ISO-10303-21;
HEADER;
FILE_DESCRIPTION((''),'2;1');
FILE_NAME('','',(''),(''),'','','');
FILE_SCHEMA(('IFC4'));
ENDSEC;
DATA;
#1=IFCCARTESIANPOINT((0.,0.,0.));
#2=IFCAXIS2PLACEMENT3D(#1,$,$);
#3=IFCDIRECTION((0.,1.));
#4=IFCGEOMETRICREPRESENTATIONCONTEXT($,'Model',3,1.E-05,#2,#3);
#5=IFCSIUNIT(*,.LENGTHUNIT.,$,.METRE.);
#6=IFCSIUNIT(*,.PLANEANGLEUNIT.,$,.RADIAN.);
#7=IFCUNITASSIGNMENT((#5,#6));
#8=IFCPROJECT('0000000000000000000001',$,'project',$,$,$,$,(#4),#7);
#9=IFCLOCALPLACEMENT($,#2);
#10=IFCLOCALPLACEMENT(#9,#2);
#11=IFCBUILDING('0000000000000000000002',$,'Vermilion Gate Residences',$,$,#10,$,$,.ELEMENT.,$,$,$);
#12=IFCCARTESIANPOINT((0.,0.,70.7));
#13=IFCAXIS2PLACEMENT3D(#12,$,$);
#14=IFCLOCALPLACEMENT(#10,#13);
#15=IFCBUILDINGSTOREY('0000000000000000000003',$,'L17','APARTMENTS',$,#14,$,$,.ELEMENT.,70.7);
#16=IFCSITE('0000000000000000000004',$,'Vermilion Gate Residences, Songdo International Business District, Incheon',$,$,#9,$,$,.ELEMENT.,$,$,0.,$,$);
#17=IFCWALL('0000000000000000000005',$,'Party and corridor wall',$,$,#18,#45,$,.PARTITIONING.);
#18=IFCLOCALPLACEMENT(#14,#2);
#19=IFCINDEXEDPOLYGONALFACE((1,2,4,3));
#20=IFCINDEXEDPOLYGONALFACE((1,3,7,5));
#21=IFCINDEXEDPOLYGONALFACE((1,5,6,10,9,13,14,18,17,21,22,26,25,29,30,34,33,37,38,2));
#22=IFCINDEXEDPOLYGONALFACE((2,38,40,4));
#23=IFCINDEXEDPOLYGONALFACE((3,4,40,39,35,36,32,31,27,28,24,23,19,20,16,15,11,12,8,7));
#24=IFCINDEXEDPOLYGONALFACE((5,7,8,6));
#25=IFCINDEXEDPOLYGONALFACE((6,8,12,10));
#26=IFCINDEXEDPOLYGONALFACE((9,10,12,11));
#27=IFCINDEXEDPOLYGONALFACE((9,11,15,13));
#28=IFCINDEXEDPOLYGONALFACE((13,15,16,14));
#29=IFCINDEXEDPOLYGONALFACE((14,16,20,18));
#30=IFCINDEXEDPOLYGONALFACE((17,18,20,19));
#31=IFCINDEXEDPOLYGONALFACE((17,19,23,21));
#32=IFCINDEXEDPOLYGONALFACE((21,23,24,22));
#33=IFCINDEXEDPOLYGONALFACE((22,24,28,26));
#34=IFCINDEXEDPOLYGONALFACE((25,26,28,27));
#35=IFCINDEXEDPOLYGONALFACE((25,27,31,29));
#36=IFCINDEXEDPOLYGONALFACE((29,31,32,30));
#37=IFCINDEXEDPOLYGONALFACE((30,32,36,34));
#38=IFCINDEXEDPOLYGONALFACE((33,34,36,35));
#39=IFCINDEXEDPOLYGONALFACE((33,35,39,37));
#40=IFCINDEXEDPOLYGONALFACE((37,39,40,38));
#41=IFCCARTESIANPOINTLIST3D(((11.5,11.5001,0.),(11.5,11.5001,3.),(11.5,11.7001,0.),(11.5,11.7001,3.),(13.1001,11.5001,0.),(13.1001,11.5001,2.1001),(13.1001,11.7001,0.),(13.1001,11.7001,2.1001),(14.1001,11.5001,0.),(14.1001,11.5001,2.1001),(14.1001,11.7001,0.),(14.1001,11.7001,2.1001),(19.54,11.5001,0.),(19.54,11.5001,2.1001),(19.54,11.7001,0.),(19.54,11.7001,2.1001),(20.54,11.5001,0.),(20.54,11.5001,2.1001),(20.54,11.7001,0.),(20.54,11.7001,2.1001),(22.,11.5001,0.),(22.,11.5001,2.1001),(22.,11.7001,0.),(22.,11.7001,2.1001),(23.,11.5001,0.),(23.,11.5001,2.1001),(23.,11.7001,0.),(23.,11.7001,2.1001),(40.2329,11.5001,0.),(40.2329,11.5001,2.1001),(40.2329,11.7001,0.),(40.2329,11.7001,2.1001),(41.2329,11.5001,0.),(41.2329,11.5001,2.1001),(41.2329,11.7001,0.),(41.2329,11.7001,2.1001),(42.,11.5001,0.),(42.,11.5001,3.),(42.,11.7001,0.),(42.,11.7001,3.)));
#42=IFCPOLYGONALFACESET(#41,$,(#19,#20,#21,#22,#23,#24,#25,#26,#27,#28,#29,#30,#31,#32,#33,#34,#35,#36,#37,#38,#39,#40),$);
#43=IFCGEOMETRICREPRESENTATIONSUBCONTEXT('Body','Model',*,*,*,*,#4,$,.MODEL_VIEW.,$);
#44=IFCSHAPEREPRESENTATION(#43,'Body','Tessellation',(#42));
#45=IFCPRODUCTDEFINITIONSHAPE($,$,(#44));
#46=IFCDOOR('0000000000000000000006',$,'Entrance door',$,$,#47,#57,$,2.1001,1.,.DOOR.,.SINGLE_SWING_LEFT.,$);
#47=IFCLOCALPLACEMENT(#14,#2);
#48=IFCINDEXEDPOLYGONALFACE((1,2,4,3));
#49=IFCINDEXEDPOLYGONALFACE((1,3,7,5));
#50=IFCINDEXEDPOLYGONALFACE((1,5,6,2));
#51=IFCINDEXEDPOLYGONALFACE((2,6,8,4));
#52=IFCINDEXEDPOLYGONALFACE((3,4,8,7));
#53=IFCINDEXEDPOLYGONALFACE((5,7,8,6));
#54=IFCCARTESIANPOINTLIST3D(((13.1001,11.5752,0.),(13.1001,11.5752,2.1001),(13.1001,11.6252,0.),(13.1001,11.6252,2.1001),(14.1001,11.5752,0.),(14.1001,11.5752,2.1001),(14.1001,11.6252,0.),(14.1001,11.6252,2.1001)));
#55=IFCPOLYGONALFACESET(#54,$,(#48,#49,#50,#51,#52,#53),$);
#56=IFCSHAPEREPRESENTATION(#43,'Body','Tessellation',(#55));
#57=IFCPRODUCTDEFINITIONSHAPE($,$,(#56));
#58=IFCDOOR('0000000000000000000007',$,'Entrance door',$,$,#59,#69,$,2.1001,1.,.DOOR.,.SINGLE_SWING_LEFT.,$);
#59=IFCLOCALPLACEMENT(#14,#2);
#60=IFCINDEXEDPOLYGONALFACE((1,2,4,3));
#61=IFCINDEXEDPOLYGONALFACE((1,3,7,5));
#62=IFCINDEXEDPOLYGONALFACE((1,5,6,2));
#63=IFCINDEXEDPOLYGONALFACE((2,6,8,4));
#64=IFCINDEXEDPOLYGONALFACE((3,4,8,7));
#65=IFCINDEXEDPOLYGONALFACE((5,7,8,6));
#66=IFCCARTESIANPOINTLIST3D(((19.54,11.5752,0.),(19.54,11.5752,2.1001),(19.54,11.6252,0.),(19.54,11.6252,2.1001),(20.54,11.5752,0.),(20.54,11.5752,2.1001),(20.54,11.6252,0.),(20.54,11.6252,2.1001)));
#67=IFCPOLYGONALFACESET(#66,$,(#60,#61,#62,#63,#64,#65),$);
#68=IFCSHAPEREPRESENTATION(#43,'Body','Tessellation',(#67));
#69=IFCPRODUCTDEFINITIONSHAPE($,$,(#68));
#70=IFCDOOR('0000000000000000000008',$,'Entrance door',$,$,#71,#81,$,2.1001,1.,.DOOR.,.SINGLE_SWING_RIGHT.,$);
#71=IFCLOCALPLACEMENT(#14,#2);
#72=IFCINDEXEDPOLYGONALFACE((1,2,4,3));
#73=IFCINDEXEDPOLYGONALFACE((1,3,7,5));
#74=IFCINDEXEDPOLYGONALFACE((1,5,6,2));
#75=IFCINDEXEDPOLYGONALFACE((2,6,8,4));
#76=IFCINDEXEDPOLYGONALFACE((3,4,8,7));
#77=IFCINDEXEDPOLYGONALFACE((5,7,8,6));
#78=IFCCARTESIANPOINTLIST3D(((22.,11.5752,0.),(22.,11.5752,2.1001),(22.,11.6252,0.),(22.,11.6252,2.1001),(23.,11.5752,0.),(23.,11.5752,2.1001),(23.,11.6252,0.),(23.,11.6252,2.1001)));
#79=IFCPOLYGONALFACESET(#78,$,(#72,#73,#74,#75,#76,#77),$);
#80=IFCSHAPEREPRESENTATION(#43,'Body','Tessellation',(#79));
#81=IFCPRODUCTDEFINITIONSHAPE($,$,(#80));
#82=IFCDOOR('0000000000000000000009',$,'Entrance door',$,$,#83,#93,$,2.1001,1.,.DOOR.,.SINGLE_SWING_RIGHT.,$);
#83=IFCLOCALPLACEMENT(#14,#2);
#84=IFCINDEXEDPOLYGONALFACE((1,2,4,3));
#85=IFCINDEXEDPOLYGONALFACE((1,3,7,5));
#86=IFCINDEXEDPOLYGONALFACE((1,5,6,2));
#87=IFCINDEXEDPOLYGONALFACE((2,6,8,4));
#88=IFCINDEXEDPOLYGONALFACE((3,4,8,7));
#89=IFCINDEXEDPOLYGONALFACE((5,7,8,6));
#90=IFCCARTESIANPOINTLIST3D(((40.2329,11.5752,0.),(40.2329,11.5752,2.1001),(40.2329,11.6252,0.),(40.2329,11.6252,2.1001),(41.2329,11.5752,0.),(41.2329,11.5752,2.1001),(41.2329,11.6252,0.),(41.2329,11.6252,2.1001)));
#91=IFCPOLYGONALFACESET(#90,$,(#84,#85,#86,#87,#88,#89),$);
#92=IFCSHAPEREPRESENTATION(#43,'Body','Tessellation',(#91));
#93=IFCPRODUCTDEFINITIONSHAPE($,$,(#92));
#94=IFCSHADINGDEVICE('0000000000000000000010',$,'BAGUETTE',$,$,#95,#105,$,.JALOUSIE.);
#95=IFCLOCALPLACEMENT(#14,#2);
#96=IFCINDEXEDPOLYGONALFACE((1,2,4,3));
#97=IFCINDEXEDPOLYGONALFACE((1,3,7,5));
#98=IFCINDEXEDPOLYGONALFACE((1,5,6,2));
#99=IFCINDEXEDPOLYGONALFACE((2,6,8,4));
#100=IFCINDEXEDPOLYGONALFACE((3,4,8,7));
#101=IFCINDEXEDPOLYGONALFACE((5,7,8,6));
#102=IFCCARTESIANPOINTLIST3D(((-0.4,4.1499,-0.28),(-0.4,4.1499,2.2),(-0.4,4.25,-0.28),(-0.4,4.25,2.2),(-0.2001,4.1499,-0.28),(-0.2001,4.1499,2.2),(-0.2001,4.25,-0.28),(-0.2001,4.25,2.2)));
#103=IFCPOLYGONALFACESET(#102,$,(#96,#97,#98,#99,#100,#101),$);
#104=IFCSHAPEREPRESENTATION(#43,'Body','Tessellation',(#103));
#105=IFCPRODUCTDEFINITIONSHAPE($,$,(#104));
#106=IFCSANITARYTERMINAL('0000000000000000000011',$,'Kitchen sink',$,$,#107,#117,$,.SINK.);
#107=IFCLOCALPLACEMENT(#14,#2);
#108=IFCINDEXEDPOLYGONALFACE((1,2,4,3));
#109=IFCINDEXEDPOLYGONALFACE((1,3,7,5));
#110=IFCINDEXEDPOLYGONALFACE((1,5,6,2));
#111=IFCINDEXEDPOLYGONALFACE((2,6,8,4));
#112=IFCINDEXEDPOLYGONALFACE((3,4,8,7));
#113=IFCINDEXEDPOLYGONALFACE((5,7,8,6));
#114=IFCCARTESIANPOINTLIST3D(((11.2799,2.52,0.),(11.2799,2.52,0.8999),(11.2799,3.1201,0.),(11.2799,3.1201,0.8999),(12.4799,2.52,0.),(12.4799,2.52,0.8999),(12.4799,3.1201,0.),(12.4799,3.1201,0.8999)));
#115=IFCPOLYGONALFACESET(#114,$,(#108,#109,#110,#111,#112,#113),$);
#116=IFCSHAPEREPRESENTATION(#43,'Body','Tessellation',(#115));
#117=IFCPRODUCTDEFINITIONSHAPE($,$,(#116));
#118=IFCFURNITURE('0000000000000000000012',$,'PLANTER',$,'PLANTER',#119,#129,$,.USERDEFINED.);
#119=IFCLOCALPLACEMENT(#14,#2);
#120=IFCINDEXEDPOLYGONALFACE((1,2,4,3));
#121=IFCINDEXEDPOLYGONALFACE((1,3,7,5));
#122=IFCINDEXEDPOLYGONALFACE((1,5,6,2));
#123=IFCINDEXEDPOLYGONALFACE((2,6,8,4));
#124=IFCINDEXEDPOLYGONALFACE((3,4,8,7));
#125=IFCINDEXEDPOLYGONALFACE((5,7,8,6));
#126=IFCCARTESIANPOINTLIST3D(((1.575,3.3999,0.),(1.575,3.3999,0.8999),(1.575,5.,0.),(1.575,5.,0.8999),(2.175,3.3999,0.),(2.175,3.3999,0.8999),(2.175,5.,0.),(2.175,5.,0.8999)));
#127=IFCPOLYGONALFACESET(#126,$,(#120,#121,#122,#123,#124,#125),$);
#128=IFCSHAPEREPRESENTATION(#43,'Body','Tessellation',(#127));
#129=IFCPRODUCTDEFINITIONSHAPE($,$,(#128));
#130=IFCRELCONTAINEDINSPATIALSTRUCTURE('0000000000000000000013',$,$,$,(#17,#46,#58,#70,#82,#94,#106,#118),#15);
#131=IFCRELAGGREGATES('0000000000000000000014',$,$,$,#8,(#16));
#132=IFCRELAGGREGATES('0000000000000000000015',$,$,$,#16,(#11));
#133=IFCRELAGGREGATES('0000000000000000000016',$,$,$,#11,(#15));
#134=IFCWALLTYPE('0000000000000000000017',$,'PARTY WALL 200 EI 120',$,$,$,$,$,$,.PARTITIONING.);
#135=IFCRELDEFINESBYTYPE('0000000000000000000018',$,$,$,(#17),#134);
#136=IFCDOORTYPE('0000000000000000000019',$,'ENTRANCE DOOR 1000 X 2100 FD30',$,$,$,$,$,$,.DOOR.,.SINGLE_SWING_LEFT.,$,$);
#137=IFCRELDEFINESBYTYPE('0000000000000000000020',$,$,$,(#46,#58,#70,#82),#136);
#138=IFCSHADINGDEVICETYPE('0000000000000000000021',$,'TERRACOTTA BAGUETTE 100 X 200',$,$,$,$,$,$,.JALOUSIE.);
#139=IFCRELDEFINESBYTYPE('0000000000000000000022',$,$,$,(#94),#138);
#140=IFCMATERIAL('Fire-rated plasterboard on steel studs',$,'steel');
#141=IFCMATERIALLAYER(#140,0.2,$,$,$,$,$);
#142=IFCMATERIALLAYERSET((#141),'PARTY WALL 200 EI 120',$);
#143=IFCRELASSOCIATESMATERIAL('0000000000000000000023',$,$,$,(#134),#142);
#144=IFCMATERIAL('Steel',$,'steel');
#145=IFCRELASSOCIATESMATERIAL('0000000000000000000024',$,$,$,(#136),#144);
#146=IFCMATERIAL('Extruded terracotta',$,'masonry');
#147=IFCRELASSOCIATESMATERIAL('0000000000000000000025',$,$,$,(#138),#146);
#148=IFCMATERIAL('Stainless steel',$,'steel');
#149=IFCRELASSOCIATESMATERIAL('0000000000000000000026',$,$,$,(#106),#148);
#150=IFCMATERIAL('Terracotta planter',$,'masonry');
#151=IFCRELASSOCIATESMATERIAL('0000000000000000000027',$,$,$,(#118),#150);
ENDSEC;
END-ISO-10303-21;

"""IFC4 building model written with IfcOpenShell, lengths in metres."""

from ifc_helpers import new_model, si_unit, direction, frame, frame_2d, origin, origin_2d, place, context, subcontext, project, spatial, rectangle, extrude, material, layer, layer_set, material_profile, profile_set, type_object, element, fill, save


model = new_model("IFC4")

# Units and contexts
model_context = context("Model", 3, precision=1e-05, world=origin(), true_north=direction((0.0, 1.0)))
body_context = subcontext(model_context, "Body", "Model", "MODEL_VIEW")
ifc_project = project(units=[si_unit("LENGTHUNIT", "METRE"), si_unit("PLANEANGLEUNIT", "RADIAN")], contexts=[model_context])

# Site, building, storey
site_placement = place(None, origin())
site = spatial("IfcSite", under=ifc_project, at=site_placement, Name="Vermilion Gate Residences, Songdo International Business District, Incheon", CompositionType="ELEMENT", RefElevation=0.0)
building_placement = place(site_placement, origin())
building = spatial("IfcBuilding", under=site, at=building_placement, Name="Vermilion Gate Residences", CompositionType="ELEMENT")
storey_placement = place(building_placement, frame((0.0, 0.0, 70.7)))
storey = spatial("IfcBuildingStorey", under=building, at=storey_placement, Name="L17", Description="APARTMENTS", CompositionType="ELEMENT", Elevation=70.7)

# Wall, openings, doors
ifc_material_1 = material(Name="Fire-rated plasterboard on steel studs", Category="steel")
ifc_layer_1 = layer(ifc_material_1, 0.2)
ifc_layer_set_1 = layer_set([ifc_layer_1], Name="PARTY WALL 200 EI 120")
wall_type_1 = type_object("IfcWallType", Name="PARTY WALL 200 EI 120", PredefinedType="PARTITIONING", material=ifc_layer_set_1)
wall_1_placement = place(storey_placement, frame((11.5, 11.6001, 0.0), z_axis=(0.0, 0.0, 1.0), x_axis=(1.0, 0.0, 0.0)))
wall_1 = element("IfcWall", 1, at=wall_1_placement, inside=storey, type_object=wall_type_1, Name="Party and corridor wall", PredefinedType="PARTITIONING", context=body_context, shape_type="SweptSolid", body=[
    extrude(rectangle(XDim=30.5, YDim=0.2, at=frame_2d((15.25, 0.0))), origin(), (0.0, 0.0, 1.0), 3.0),
])
opening_1_placement = place(wall_1_placement, frame((1.6001, 0.0, 0.0)))
opening_1 = element("IfcOpeningElement", 2, at=opening_1_placement, cuts=wall_1, PredefinedType="OPENING", context=body_context, shape_type="SweptSolid", body=[
    extrude(rectangle(XDim=1.0, YDim=2.1001, at=frame_2d((0.5, 1.05))), frame((0.0, 0.1099, 0.0), z_axis=(0.0, -1.0, 0.0), x_axis=(1.0, 0.0, 0.0)), (0.0, 0.0, 1.0), 0.22),
])
opening_2_placement = place(wall_1_placement, frame((8.04, 0.0, 0.0)))
opening_2 = element("IfcOpeningElement", 3, at=opening_2_placement, cuts=wall_1, PredefinedType="OPENING", context=body_context, shape_type="SweptSolid", body=[
    extrude(rectangle(XDim=1.0, YDim=2.1001, at=frame_2d((0.5, 1.05))), frame((0.0, 0.1099, 0.0), z_axis=(0.0, -1.0, 0.0), x_axis=(1.0, 0.0, 0.0)), (0.0, 0.0, 1.0), 0.22),
])
opening_3_placement = place(wall_1_placement, frame((10.5, 0.0, 0.0)))
opening_3 = element("IfcOpeningElement", 4, at=opening_3_placement, cuts=wall_1, PredefinedType="OPENING", context=body_context, shape_type="SweptSolid", body=[
    extrude(rectangle(XDim=1.0, YDim=2.1001, at=frame_2d((0.5, 1.05))), frame((0.0, 0.1099, 0.0), z_axis=(0.0, -1.0, 0.0), x_axis=(1.0, 0.0, 0.0)), (0.0, 0.0, 1.0), 0.22),
])
opening_4_placement = place(wall_1_placement, frame((28.7329, 0.0, 0.0)))
opening_4 = element("IfcOpeningElement", 5, at=opening_4_placement, cuts=wall_1, PredefinedType="OPENING", context=body_context, shape_type="SweptSolid", body=[
    extrude(rectangle(XDim=1.0, YDim=2.1001, at=frame_2d((0.5, 1.05))), frame((0.0, 0.1099, 0.0), z_axis=(0.0, -1.0, 0.0), x_axis=(1.0, 0.0, 0.0)), (0.0, 0.0, 1.0), 0.22),
])
ifc_material_2 = material(Name="Steel", Category="steel")
door_type_1 = type_object("IfcDoorType", Name="ENTRANCE DOOR 1000 X 2100 FD30", OperationType="SINGLE_SWING_LEFT", PredefinedType="DOOR", material=ifc_material_2)
door_1_placement = place(opening_1_placement, frame((1.0, 0.0, 0.0), z_axis=(0.0, 0.0, 1.0), x_axis=(-1.0, 0.0, 0.0)))
door_1 = element("IfcDoor", 6, at=door_1_placement, inside=storey, type_object=door_type_1, Name="Entrance door", OperationType="SINGLE_SWING_LEFT", OverallHeight=2.1001, OverallWidth=1.0, PredefinedType="DOOR", context=body_context, shape_type="SweptSolid", body=[
    extrude(rectangle(XDim=1.0, YDim=2.1001, at=frame_2d((0.5, 1.05))), frame((0.0, 0.0249, 0.0), z_axis=(0.0, -1.0, 0.0), x_axis=(1.0, 0.0, 0.0)), (0.0, 0.0, 1.0), 0.05),
])
fill(opening_1, door_1)
door_2_placement = place(opening_2_placement, frame((1.0, 0.0, 0.0), z_axis=(0.0, 0.0, 1.0), x_axis=(-1.0, 0.0, 0.0)))
door_2 = element("IfcDoor", 7, at=door_2_placement, inside=storey, type_object=door_type_1, Name="Entrance door", OperationType="SINGLE_SWING_LEFT", OverallHeight=2.1001, OverallWidth=1.0, PredefinedType="DOOR", context=body_context, shape_type="SweptSolid", body=[
    extrude(rectangle(XDim=1.0, YDim=2.1001, at=frame_2d((0.5, 1.05))), frame((0.0, 0.0249, 0.0), z_axis=(0.0, -1.0, 0.0), x_axis=(1.0, 0.0, 0.0)), (0.0, 0.0, 1.0), 0.05),
])
fill(opening_2, door_2)
door_3_placement = place(opening_3_placement, frame((1.0, 0.0, 0.0), z_axis=(0.0, 0.0, 1.0), x_axis=(-1.0, 0.0, 0.0)))
door_3 = element("IfcDoor", 8, at=door_3_placement, inside=storey, type_object=door_type_1, Name="Entrance door", OperationType="SINGLE_SWING_RIGHT", OverallHeight=2.1001, OverallWidth=1.0, PredefinedType="DOOR", context=body_context, shape_type="SweptSolid", body=[
    extrude(rectangle(XDim=1.0, YDim=2.1001, at=frame_2d((0.5, 1.05))), frame((0.0, 0.0249, 0.0), z_axis=(0.0, -1.0, 0.0), x_axis=(1.0, 0.0, 0.0)), (0.0, 0.0, 1.0), 0.05),
])
fill(opening_3, door_3)
door_4_placement = place(opening_4_placement, frame((1.0, 0.0, 0.0), z_axis=(0.0, 0.0, 1.0), x_axis=(-1.0, 0.0, 0.0)))
door_4 = element("IfcDoor", 9, at=door_4_placement, inside=storey, type_object=door_type_1, Name="Entrance door", OperationType="SINGLE_SWING_RIGHT", OverallHeight=2.1001, OverallWidth=1.0, PredefinedType="DOOR", context=body_context, shape_type="SweptSolid", body=[
    extrude(rectangle(XDim=1.0, YDim=2.1001, at=frame_2d((0.5, 1.05))), frame((0.0, 0.0249, 0.0), z_axis=(0.0, -1.0, 0.0), x_axis=(1.0, 0.0, 0.0)), (0.0, 0.0, 1.0), 0.05),
])
fill(opening_4, door_4)

# Shading device
ifc_material_3 = material(Name="Extruded terracotta", Category="masonry")
ifc_material_profile_1 = material_profile(ifc_material_3, rectangle(XDim=0.2, YDim=0.1001, at=origin_2d()), Name="BAGUETTE 100 X 200")
ifc_profile_set_1 = profile_set([ifc_material_profile_1], Name="Extruded terracotta")
shading_device_type = type_object("IfcShadingDeviceType", Name="TERRACOTTA BAGUETTE 100 X 200", PredefinedType="JALOUSIE", material=ifc_profile_set_1)
shading_device_placement = place(storey_placement, frame((-0.3, 4.2, -0.28), z_axis=(0.0, 0.0, 1.0), x_axis=(1.0, 0.0, 0.0)))
element("IfcShadingDevice", 10, at=shading_device_placement, inside=storey, type_object=shading_device_type, Name="BAGUETTE", PredefinedType="JALOUSIE", context=body_context, shape_type="SweptSolid", body=[
    extrude(rectangle(XDim=0.2, YDim=0.1001, at=origin_2d()), origin(), (0.0, 0.0, 1.0), 2.48),
])

# Sanitary terminal
ifc_material_4 = material(Name="Stainless steel", Category="steel")
sanitary_terminal_placement = place(storey_placement, frame((11.8799, 2.8201, 0.0), z_axis=(0.0, 0.0, 1.0), x_axis=(1.0, 0.0, 0.0)))
element("IfcSanitaryTerminal", 11, at=sanitary_terminal_placement, inside=storey, material=ifc_material_4, Name="Kitchen sink", PredefinedType="SINK", context=body_context, shape_type="SweptSolid", body=[
    extrude(rectangle(XDim=1.2, YDim=0.6001, at=origin_2d()), origin(), (0.0, 0.0, 1.0), 0.8999),
])

# Furniture
ifc_material_5 = material(Name="Terracotta planter", Category="masonry")
furniture_placement = place(storey_placement, frame((1.875, 4.2, 0.0), z_axis=(0.0, 0.0, 1.0), x_axis=(0.0, -1.0, 0.0)))
element("IfcFurniture", 12, at=furniture_placement, inside=storey, material=ifc_material_5, Name="PLANTER", ObjectType="PLANTER", PredefinedType="USERDEFINED", context=body_context, shape_type="SweptSolid", body=[
    extrude(rectangle(XDim=1.6001, YDim=0.6001, at=origin_2d()), origin(), (0.0, 0.0, 1.0), 0.8999),
])

save(model, "model.ifc")
